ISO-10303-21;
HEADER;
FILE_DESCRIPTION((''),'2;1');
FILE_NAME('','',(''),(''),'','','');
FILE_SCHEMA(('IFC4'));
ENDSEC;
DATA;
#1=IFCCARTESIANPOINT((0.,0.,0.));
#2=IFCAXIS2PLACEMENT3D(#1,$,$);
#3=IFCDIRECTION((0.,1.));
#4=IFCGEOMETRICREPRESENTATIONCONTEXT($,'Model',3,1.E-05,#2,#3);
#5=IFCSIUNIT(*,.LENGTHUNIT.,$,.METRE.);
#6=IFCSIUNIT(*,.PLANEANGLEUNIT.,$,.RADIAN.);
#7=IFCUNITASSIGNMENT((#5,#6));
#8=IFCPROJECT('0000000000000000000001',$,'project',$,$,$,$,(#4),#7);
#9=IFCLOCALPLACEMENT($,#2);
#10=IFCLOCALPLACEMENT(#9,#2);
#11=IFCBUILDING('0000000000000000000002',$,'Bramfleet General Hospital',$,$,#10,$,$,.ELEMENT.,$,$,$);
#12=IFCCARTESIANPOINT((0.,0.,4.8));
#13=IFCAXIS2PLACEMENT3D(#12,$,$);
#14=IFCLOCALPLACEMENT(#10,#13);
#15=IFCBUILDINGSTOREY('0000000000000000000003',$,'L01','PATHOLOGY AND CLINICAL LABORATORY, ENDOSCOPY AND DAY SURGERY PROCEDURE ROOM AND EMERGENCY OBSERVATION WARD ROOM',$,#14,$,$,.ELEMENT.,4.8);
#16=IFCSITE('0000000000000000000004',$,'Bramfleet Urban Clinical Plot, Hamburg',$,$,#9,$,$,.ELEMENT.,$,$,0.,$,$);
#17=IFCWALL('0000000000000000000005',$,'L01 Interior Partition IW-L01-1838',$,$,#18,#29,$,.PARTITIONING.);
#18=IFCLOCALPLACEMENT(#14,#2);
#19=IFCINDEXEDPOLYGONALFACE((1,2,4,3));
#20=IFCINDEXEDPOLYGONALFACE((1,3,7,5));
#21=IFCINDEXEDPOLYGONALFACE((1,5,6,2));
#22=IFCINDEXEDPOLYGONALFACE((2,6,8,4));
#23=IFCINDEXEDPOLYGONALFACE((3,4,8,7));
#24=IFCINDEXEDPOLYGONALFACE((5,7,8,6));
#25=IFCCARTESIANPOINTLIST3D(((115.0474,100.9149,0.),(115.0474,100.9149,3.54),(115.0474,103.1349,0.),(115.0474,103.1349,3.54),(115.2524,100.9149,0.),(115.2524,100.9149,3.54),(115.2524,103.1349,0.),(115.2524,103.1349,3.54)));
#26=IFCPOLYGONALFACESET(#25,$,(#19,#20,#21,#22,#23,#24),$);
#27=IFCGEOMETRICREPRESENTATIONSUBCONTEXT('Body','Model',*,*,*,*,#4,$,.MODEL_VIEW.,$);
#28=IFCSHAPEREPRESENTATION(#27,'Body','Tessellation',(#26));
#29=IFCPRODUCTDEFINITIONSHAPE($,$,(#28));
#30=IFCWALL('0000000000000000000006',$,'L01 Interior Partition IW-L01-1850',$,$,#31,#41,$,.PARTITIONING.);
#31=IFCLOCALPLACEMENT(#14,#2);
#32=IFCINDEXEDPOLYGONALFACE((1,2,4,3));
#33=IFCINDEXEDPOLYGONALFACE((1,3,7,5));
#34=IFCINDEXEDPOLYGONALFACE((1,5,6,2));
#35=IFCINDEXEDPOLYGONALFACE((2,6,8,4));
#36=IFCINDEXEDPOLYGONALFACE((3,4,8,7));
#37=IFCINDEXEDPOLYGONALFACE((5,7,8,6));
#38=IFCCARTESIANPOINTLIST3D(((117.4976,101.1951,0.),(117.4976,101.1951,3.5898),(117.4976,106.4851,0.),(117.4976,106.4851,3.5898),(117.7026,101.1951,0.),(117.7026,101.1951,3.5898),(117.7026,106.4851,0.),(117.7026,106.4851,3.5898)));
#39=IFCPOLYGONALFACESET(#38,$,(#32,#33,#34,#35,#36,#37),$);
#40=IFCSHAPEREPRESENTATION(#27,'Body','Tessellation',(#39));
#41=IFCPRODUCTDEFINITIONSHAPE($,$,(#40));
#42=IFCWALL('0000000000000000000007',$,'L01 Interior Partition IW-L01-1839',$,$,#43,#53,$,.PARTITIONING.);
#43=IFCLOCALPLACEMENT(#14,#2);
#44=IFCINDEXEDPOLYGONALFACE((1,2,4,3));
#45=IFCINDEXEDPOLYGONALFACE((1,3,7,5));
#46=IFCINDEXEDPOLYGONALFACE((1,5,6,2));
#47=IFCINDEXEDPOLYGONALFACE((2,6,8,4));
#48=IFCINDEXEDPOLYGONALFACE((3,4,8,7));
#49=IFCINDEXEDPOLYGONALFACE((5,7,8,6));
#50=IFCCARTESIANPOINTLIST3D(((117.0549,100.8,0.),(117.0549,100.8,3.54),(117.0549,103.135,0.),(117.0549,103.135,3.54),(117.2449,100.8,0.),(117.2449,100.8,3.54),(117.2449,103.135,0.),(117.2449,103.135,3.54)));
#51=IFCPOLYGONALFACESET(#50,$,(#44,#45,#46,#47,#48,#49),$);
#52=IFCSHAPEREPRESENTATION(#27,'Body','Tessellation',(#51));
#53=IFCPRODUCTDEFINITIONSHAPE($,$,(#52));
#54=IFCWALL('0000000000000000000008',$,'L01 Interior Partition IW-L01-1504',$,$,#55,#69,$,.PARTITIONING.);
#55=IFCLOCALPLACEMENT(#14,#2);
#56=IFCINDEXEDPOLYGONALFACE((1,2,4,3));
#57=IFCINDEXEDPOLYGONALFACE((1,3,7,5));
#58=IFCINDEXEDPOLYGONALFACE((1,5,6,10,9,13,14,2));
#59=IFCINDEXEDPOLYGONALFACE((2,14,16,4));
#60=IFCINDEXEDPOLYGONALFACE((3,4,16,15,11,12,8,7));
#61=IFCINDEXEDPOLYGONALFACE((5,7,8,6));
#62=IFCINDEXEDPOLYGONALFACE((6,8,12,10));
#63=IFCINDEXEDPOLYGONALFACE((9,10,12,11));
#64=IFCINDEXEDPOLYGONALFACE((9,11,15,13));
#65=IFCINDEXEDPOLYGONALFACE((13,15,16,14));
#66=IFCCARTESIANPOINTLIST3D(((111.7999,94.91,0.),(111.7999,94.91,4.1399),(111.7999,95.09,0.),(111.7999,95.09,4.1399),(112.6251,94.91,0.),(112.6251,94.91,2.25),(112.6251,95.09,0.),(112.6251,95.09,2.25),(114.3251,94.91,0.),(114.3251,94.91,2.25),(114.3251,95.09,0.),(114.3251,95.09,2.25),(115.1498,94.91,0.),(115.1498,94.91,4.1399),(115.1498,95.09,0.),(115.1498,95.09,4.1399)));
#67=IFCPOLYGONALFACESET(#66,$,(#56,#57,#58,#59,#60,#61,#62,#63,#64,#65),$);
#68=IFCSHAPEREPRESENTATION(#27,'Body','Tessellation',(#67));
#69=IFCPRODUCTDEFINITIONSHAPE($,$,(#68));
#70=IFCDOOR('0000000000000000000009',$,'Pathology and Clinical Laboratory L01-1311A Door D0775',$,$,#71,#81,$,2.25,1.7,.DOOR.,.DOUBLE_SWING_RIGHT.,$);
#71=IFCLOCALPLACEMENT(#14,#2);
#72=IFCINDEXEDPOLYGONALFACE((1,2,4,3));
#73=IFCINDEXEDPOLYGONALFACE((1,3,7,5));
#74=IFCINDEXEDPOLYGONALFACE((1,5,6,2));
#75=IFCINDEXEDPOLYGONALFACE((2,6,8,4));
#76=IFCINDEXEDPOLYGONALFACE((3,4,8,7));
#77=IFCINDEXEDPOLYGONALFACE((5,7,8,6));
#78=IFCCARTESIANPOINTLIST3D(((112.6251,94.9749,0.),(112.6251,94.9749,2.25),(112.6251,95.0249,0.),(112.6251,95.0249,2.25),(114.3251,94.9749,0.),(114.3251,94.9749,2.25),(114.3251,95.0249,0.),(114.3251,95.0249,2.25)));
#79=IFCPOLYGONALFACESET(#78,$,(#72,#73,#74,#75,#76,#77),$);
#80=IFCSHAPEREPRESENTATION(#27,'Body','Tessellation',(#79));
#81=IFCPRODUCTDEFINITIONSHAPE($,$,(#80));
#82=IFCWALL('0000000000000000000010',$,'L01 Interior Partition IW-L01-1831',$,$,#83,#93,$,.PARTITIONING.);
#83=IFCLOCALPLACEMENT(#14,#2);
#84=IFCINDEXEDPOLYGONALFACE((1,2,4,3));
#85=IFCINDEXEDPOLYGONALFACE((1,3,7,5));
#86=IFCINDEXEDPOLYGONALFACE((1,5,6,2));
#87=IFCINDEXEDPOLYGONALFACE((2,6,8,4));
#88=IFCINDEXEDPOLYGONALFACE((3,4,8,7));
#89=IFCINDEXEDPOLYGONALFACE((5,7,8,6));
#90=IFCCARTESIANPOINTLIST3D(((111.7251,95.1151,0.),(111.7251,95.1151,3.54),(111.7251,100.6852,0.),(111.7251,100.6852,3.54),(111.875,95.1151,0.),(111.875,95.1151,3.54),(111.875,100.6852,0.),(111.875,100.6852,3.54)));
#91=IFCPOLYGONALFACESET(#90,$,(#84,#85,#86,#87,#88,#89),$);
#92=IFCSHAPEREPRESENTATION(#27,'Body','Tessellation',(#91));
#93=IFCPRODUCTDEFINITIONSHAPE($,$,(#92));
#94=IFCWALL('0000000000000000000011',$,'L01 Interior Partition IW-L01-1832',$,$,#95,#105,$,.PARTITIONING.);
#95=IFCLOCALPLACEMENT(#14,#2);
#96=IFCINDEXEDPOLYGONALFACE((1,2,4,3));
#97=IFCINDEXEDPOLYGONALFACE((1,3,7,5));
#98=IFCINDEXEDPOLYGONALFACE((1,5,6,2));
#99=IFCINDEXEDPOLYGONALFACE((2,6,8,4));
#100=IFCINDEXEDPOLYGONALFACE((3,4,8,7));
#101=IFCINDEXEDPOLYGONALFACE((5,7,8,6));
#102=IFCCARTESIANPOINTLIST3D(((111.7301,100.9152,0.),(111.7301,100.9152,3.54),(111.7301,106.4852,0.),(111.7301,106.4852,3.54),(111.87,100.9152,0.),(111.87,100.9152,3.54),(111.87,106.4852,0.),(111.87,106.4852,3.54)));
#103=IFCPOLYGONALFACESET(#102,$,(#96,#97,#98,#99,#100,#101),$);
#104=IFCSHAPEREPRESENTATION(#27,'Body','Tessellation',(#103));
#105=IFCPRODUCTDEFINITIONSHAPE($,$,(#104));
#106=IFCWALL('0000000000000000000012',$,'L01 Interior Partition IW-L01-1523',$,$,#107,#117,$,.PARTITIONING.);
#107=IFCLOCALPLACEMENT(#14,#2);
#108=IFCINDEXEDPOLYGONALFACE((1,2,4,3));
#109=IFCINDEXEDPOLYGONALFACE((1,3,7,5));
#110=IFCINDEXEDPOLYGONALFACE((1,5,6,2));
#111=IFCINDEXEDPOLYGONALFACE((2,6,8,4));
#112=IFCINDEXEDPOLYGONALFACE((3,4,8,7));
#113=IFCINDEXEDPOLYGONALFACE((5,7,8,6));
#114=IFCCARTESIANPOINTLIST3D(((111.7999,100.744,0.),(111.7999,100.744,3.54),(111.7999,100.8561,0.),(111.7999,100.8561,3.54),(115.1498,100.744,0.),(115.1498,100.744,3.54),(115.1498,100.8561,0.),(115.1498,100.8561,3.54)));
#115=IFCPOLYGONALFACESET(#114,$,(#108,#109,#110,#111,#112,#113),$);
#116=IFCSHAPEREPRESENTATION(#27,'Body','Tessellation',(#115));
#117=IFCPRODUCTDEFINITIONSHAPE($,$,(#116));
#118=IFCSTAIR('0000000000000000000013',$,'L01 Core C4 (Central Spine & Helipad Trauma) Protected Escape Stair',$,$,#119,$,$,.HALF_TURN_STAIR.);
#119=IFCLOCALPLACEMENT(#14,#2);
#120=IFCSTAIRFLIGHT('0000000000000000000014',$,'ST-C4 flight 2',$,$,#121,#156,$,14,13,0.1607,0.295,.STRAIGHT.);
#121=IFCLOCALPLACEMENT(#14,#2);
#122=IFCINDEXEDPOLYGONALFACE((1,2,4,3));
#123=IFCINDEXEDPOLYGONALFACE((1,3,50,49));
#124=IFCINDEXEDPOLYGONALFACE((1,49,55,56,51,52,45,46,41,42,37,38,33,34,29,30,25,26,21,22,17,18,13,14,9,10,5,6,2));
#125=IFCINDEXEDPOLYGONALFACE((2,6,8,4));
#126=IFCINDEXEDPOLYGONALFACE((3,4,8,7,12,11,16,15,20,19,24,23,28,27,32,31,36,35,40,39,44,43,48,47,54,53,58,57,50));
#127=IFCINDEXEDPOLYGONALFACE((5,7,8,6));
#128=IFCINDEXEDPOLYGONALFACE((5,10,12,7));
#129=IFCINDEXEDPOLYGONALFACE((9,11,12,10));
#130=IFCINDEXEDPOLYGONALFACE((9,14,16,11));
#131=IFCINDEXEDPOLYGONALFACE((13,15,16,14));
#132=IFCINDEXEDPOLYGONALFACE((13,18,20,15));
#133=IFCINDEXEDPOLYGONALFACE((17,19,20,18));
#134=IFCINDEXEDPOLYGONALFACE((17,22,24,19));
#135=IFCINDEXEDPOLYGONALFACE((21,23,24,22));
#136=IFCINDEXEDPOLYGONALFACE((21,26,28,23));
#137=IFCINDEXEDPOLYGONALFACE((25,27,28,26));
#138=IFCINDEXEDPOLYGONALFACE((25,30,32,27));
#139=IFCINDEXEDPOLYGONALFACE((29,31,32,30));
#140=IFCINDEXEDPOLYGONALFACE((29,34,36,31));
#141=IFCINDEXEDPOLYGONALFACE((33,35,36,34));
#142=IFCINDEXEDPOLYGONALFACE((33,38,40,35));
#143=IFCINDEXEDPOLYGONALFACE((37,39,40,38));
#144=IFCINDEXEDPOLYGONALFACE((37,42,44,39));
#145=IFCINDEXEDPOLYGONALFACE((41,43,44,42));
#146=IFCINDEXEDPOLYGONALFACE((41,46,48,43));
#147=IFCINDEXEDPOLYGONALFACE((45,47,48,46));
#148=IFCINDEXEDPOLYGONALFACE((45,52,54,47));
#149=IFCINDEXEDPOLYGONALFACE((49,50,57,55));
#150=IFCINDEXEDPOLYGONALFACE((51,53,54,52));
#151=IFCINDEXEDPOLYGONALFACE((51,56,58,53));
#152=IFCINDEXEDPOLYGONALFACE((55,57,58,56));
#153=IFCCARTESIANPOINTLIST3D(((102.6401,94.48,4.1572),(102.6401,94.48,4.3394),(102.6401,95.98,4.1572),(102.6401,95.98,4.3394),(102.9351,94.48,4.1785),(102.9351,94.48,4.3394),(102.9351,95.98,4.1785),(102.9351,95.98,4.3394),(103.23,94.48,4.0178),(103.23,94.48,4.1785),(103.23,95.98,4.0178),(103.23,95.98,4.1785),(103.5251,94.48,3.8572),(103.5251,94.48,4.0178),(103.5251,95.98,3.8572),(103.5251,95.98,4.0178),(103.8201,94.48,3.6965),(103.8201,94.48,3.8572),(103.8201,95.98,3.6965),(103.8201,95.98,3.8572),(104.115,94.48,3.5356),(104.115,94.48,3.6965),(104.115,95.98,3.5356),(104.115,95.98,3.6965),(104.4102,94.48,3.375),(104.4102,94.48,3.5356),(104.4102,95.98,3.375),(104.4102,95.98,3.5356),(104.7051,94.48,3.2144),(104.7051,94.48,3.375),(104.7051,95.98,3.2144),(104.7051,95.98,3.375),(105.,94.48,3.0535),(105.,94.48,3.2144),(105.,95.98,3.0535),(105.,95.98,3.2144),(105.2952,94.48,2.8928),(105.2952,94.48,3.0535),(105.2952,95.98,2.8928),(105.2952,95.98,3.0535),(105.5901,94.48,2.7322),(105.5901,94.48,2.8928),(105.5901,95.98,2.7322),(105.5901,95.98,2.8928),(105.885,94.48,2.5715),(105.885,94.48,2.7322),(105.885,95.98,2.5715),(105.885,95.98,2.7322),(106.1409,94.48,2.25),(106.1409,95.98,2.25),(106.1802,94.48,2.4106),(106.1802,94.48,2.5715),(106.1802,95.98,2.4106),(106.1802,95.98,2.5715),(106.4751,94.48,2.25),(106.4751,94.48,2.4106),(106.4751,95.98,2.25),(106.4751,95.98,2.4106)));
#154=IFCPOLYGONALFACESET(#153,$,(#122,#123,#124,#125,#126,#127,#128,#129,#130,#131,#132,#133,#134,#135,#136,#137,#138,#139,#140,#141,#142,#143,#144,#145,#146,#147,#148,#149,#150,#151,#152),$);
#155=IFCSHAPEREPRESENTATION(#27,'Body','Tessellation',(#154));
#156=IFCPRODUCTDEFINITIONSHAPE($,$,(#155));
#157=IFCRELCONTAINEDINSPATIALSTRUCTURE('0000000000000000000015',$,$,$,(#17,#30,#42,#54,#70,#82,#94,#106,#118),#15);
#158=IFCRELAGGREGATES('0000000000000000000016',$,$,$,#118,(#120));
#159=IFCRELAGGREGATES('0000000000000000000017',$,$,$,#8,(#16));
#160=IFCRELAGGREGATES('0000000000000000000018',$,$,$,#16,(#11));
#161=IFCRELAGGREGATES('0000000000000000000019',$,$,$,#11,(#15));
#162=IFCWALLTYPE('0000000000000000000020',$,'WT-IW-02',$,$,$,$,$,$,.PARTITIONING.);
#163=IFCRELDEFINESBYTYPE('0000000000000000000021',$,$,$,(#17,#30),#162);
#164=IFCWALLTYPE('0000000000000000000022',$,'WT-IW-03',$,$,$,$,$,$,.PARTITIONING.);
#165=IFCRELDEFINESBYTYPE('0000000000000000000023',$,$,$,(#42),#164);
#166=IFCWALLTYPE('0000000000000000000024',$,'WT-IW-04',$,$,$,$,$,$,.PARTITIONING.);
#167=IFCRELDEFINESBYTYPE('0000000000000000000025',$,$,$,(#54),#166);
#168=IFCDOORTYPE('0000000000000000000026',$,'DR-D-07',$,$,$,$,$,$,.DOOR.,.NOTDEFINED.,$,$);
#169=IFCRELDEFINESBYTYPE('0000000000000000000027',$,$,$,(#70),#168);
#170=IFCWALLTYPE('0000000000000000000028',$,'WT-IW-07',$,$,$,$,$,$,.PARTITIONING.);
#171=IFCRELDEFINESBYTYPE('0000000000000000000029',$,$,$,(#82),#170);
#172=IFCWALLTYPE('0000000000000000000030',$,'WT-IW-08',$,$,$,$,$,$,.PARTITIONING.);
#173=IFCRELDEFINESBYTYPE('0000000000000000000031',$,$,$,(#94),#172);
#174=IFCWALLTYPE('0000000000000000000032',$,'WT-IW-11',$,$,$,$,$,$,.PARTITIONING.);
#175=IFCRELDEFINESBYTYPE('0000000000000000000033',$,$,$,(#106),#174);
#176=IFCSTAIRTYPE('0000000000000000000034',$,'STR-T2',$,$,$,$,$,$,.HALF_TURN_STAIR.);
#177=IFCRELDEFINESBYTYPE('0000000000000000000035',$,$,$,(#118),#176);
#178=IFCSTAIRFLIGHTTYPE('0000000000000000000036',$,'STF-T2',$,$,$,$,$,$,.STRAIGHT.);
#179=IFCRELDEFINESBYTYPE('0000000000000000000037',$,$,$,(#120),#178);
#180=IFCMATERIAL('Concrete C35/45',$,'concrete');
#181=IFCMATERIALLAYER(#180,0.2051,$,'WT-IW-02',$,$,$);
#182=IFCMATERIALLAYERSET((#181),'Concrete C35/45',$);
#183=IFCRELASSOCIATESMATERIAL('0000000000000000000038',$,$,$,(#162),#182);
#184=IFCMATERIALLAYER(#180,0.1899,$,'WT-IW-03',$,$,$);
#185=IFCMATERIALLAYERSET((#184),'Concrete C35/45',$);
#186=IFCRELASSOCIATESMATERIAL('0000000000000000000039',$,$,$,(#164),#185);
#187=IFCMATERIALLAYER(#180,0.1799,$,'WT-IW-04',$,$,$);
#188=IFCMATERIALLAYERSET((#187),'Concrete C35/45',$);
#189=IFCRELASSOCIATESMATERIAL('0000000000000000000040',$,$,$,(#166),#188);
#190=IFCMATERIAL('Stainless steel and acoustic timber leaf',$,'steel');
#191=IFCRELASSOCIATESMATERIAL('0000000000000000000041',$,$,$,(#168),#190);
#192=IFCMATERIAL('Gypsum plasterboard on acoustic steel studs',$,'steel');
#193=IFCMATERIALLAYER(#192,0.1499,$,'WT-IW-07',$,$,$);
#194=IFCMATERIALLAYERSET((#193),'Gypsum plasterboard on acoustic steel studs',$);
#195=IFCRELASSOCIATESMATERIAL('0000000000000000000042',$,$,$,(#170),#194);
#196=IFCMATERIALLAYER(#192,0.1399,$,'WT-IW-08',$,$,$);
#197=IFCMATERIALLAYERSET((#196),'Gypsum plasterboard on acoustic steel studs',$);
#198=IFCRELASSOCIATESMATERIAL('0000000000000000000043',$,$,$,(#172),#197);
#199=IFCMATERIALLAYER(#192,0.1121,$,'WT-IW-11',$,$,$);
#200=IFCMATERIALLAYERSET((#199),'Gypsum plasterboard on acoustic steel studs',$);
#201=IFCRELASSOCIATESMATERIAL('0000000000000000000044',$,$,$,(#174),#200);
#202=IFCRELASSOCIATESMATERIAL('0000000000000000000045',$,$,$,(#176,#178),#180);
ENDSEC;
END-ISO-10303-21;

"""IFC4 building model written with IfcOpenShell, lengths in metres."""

from ifc_helpers import new_model, si_unit, direction, frame, frame_2d, origin, place, context, subcontext, project, spatial, polyline, rectangle, outline, extrude, material, layer, layer_set, type_object, element, fill, aggregate, save


model = new_model("IFC4")

# Units and contexts
model_context = context("Model", 3, precision=1e-05, world=origin(), true_north=direction((0.0, 1.0)))
body_context = subcontext(model_context, "Body", "Model", "MODEL_VIEW")
ifc_project = project(units=[si_unit("LENGTHUNIT", "METRE"), si_unit("PLANEANGLEUNIT", "RADIAN")], contexts=[model_context])

# Site, building, storey
site_placement = place(None, origin())
site = spatial("IfcSite", under=ifc_project, at=site_placement, Name="Bramfleet Urban Clinical Plot, Hamburg", CompositionType="ELEMENT", RefElevation=0.0)
building_placement = place(site_placement, origin())
building = spatial("IfcBuilding", under=site, at=building_placement, Name="Bramfleet General Hospital", CompositionType="ELEMENT")
storey_placement = place(building_placement, frame((0.0, 0.0, 4.8)))
storey = spatial("IfcBuildingStorey", under=building, at=storey_placement, Name="L01", Description="PATHOLOGY AND CLINICAL LABORATORY, ENDOSCOPY AND DAY SURGERY PROCEDURE ROOM AND EMERGENCY OBSERVATION WARD ROOM", CompositionType="ELEMENT", Elevation=4.8)

# Shared definitions
ifc_material_1 = material(Name="Concrete C35/45", Category="concrete")

# Shared definitions
ifc_layer_1 = layer(ifc_material_1, 0.2051, Name="WT-IW-02")
ifc_layer_set_1 = layer_set([ifc_layer_1], Name="Concrete C35/45")
wall_type_1 = type_object("IfcWallType", Name="WT-IW-02", PredefinedType="PARTITIONING", material=ifc_layer_set_1)

# Shared definitions
ifc_material_2 = material(Name="Stainless steel and acoustic timber leaf", Category="steel")

# Walls
wall_1_placement = place(storey_placement, frame((115.1499, 100.915, 0.0), z_axis=(0.0, 0.0, 1.0), x_axis=(0.0, 1.0, 0.0)))
element("IfcWall", 1, at=wall_1_placement, inside=storey, type_object=wall_type_1, Name="L01 Interior Partition IW-L01-1838", PredefinedType="PARTITIONING", context=body_context, shape_type="SweptSolid", body=[
    extrude(rectangle(XDim=2.22, YDim=0.2051, at=frame_2d((1.1099, 0.0))), origin(), (0.0, 0.0, 1.0), 3.54),
])
wall_2_placement = place(storey_placement, frame((117.6001, 101.1951, 0.0), z_axis=(0.0, 0.0, 1.0), x_axis=(0.0, 1.0, 0.0)))
element("IfcWall", 2, at=wall_2_placement, inside=storey, type_object=wall_type_1, Name="L01 Interior Partition IW-L01-1850", PredefinedType="PARTITIONING", context=body_context, shape_type="SweptSolid", body=[
    extrude(rectangle(XDim=5.29, YDim=0.2051, at=frame_2d((2.645, 0.0))), origin(), (0.0, 0.0, 1.0), 3.5898),
])
ifc_layer_2 = layer(ifc_material_1, 0.1899, Name="WT-IW-03")
ifc_layer_set_2 = layer_set([ifc_layer_2], Name="Concrete C35/45")
wall_type_2 = type_object("IfcWallType", Name="WT-IW-03", PredefinedType="PARTITIONING", material=ifc_layer_set_2)
wall_3_placement = place(storey_placement, frame((117.1499, 100.8, 0.0), z_axis=(0.0, 0.0, 1.0), x_axis=(0.0, 1.0, 0.0)))
element("IfcWall", 3, at=wall_3_placement, inside=storey, type_object=wall_type_2, Name="L01 Interior Partition IW-L01-1839", PredefinedType="PARTITIONING", context=body_context, shape_type="SweptSolid", body=[
    extrude(rectangle(XDim=2.335, YDim=0.1899, at=frame_2d((1.1675, 0.0))), origin(), (0.0, 0.0, 1.0), 3.54),
])

# Wall, opening, door
ifc_layer_3 = layer(ifc_material_1, 0.1799, Name="WT-IW-04")
ifc_layer_set_3 = layer_set([ifc_layer_3], Name="Concrete C35/45")
wall_type_3 = type_object("IfcWallType", Name="WT-IW-04", PredefinedType="PARTITIONING", material=ifc_layer_set_3)
wall_4_placement = place(storey_placement, frame((111.8, 95.0, 0.0), z_axis=(0.0, 0.0, 1.0), x_axis=(1.0, 0.0, 0.0)))
wall_4 = element("IfcWall", 4, at=wall_4_placement, inside=storey, type_object=wall_type_3, Name="L01 Interior Partition IW-L01-1504", PredefinedType="PARTITIONING", context=body_context, shape_type="SweptSolid", body=[
    extrude(rectangle(XDim=3.3499, YDim=0.1799, at=frame_2d((1.6748, 0.0))), origin(), (0.0, 0.0, 1.0), 4.1399),
])
opening_1_placement = place(wall_4_placement, frame((0.825, 0.0, 0.0)))
opening_1 = element("IfcOpeningElement", 5, at=opening_1_placement, cuts=wall_4, PredefinedType="OPENING", context=body_context, shape_type="SweptSolid", body=[
    extrude(rectangle(XDim=1.7, YDim=2.25, at=frame_2d((0.8501, 1.125))), frame((0.0, 0.0999, 0.0), z_axis=(0.0, -1.0, 0.0), x_axis=(1.0, 0.0, 0.0)), (0.0, 0.0, 1.0), 0.2),
])
door_type_1 = type_object("IfcDoorType", Name="DR-D-07", OperationType="NOTDEFINED", PredefinedType="DOOR", material=ifc_material_2)
door_1_placement = place(opening_1_placement, origin())
door_1 = element("IfcDoor", 6, at=door_1_placement, inside=storey, type_object=door_type_1, Name="Pathology and Clinical Laboratory L01-1311A Door D0775", OperationType="DOUBLE_SWING_RIGHT", OverallHeight=2.25, OverallWidth=1.7, PredefinedType="DOOR", context=body_context, shape_type="SweptSolid", body=[
    extrude(rectangle(XDim=1.7, YDim=2.25, at=frame_2d((0.8501, 1.125))), frame((0.0, 0.0249, 0.0), z_axis=(0.0, -1.0, 0.0), x_axis=(1.0, 0.0, 0.0)), (0.0, 0.0, 1.0), 0.05),
])
fill(opening_1, door_1)

# Walls
ifc_material_3 = material(Name="Gypsum plasterboard on acoustic steel studs", Category="steel")
ifc_layer_4 = layer(ifc_material_3, 0.1499, Name="WT-IW-07")
ifc_layer_set_4 = layer_set([ifc_layer_4], Name="Gypsum plasterboard on acoustic steel studs")
wall_type_4 = type_object("IfcWallType", Name="WT-IW-07", PredefinedType="PARTITIONING", material=ifc_layer_set_4)
wall_5_placement = place(storey_placement, frame((111.8, 95.115, 0.0), z_axis=(0.0, 0.0, 1.0), x_axis=(0.0, 1.0, 0.0)))
element("IfcWall", 7, at=wall_5_placement, inside=storey, type_object=wall_type_4, Name="L01 Interior Partition IW-L01-1831", PredefinedType="PARTITIONING", context=body_context, shape_type="SweptSolid", body=[
    extrude(rectangle(XDim=5.5701, YDim=0.1499, at=frame_2d((2.7852, 0.0))), origin(), (0.0, 0.0, 1.0), 3.54),
])
ifc_layer_5 = layer(ifc_material_3, 0.1399, Name="WT-IW-08")
ifc_layer_set_5 = layer_set([ifc_layer_5], Name="Gypsum plasterboard on acoustic steel studs")
wall_type_5 = type_object("IfcWallType", Name="WT-IW-08", PredefinedType="PARTITIONING", material=ifc_layer_set_5)
wall_6_placement = place(storey_placement, frame((111.8, 100.915, 0.0), z_axis=(0.0, 0.0, 1.0), x_axis=(0.0, 1.0, 0.0)))
element("IfcWall", 8, at=wall_6_placement, inside=storey, type_object=wall_type_5, Name="L01 Interior Partition IW-L01-1832", PredefinedType="PARTITIONING", context=body_context, shape_type="SweptSolid", body=[
    extrude(rectangle(XDim=5.5701, YDim=0.1399, at=frame_2d((2.7852, 0.0))), origin(), (0.0, 0.0, 1.0), 3.54),
])
ifc_layer_6 = layer(ifc_material_3, 0.1121, Name="WT-IW-11")
ifc_layer_set_6 = layer_set([ifc_layer_6], Name="Gypsum plasterboard on acoustic steel studs")
wall_type_6 = type_object("IfcWallType", Name="WT-IW-11", PredefinedType="PARTITIONING", material=ifc_layer_set_6)
wall_7_placement = place(storey_placement, frame((111.8, 100.8, 0.0), z_axis=(0.0, 0.0, 1.0), x_axis=(1.0, 0.0, 0.0)))
element("IfcWall", 9, at=wall_7_placement, inside=storey, type_object=wall_type_6, Name="L01 Interior Partition IW-L01-1523", PredefinedType="PARTITIONING", context=body_context, shape_type="SweptSolid", body=[
    extrude(rectangle(XDim=3.3499, YDim=0.1121, at=frame_2d((1.6748, 0.0))), origin(), (0.0, 0.0, 1.0), 3.54),
])

# Stair, stair flight
stair_type = type_object("IfcStairType", Name="STR-T2", PredefinedType="HALF_TURN_STAIR", material=ifc_material_1)
stair_placement = place(storey_placement, origin())
stair = element("IfcStair", 10, at=stair_placement, inside=storey, type_object=stair_type, Name="L01 Core C4 (Central Spine & Helipad Trauma) Protected Escape Stair", PredefinedType="HALF_TURN_STAIR")
stair_flight_type = type_object("IfcStairFlightType", Name="STF-T2", PredefinedType="STRAIGHT", material=ifc_material_1)
stair_flight_placement = place(storey_placement, frame((106.4751, 95.23, 2.25), z_axis=(0.0, 0.0, 1.0), x_axis=(-1.0, 0.0, 0.0)))
stair_flight = element("IfcStairFlight", 11, at=stair_flight_placement, type_object=stair_flight_type, Name="ST-C4 flight 2", NumberOfRisers=14, NumberOfTreads=13, PredefinedType="STRAIGHT", RiserHeight=0.1607, TreadLength=0.295, context=body_context, shape_type="SweptSolid", body=[
    extrude(outline(polyline([(0.0, 0.0), (0.0, 0.1606), (0.2949, 0.1606), (0.2949, 0.3215), (0.5901, 0.3215), (0.5901, 0.4822), (0.885, 0.4822), (0.885, 0.6428), (1.1799, 0.6428), (1.1799, 0.8035), (1.4751, 0.8035), (1.4751, 0.9644), (1.77, 0.9644), (1.77, 1.125), (2.0649, 1.125), (2.0649, 1.2856), (2.3601, 1.2856), (2.3601, 1.4465), (2.655, 1.4465), (2.655, 1.6072), (2.95, 1.6072), (2.95, 1.7678), (3.2451, 1.7678), (3.2451, 1.9285), (3.54, 1.9285), (3.54, 2.0894), (3.835, 2.0894), (3.835, 2.25), (3.835, 1.9072), (0.3342, 0.0), (0.0, 0.0)])), frame((0.0, 0.75, 0.0), z_axis=(0.0, -1.0, 0.0), x_axis=(1.0, 0.0, 0.0)), (0.0, 0.0, 1.0), 1.5),
])
aggregate(stair, [stair_flight])

save(model, "model.ifc")
